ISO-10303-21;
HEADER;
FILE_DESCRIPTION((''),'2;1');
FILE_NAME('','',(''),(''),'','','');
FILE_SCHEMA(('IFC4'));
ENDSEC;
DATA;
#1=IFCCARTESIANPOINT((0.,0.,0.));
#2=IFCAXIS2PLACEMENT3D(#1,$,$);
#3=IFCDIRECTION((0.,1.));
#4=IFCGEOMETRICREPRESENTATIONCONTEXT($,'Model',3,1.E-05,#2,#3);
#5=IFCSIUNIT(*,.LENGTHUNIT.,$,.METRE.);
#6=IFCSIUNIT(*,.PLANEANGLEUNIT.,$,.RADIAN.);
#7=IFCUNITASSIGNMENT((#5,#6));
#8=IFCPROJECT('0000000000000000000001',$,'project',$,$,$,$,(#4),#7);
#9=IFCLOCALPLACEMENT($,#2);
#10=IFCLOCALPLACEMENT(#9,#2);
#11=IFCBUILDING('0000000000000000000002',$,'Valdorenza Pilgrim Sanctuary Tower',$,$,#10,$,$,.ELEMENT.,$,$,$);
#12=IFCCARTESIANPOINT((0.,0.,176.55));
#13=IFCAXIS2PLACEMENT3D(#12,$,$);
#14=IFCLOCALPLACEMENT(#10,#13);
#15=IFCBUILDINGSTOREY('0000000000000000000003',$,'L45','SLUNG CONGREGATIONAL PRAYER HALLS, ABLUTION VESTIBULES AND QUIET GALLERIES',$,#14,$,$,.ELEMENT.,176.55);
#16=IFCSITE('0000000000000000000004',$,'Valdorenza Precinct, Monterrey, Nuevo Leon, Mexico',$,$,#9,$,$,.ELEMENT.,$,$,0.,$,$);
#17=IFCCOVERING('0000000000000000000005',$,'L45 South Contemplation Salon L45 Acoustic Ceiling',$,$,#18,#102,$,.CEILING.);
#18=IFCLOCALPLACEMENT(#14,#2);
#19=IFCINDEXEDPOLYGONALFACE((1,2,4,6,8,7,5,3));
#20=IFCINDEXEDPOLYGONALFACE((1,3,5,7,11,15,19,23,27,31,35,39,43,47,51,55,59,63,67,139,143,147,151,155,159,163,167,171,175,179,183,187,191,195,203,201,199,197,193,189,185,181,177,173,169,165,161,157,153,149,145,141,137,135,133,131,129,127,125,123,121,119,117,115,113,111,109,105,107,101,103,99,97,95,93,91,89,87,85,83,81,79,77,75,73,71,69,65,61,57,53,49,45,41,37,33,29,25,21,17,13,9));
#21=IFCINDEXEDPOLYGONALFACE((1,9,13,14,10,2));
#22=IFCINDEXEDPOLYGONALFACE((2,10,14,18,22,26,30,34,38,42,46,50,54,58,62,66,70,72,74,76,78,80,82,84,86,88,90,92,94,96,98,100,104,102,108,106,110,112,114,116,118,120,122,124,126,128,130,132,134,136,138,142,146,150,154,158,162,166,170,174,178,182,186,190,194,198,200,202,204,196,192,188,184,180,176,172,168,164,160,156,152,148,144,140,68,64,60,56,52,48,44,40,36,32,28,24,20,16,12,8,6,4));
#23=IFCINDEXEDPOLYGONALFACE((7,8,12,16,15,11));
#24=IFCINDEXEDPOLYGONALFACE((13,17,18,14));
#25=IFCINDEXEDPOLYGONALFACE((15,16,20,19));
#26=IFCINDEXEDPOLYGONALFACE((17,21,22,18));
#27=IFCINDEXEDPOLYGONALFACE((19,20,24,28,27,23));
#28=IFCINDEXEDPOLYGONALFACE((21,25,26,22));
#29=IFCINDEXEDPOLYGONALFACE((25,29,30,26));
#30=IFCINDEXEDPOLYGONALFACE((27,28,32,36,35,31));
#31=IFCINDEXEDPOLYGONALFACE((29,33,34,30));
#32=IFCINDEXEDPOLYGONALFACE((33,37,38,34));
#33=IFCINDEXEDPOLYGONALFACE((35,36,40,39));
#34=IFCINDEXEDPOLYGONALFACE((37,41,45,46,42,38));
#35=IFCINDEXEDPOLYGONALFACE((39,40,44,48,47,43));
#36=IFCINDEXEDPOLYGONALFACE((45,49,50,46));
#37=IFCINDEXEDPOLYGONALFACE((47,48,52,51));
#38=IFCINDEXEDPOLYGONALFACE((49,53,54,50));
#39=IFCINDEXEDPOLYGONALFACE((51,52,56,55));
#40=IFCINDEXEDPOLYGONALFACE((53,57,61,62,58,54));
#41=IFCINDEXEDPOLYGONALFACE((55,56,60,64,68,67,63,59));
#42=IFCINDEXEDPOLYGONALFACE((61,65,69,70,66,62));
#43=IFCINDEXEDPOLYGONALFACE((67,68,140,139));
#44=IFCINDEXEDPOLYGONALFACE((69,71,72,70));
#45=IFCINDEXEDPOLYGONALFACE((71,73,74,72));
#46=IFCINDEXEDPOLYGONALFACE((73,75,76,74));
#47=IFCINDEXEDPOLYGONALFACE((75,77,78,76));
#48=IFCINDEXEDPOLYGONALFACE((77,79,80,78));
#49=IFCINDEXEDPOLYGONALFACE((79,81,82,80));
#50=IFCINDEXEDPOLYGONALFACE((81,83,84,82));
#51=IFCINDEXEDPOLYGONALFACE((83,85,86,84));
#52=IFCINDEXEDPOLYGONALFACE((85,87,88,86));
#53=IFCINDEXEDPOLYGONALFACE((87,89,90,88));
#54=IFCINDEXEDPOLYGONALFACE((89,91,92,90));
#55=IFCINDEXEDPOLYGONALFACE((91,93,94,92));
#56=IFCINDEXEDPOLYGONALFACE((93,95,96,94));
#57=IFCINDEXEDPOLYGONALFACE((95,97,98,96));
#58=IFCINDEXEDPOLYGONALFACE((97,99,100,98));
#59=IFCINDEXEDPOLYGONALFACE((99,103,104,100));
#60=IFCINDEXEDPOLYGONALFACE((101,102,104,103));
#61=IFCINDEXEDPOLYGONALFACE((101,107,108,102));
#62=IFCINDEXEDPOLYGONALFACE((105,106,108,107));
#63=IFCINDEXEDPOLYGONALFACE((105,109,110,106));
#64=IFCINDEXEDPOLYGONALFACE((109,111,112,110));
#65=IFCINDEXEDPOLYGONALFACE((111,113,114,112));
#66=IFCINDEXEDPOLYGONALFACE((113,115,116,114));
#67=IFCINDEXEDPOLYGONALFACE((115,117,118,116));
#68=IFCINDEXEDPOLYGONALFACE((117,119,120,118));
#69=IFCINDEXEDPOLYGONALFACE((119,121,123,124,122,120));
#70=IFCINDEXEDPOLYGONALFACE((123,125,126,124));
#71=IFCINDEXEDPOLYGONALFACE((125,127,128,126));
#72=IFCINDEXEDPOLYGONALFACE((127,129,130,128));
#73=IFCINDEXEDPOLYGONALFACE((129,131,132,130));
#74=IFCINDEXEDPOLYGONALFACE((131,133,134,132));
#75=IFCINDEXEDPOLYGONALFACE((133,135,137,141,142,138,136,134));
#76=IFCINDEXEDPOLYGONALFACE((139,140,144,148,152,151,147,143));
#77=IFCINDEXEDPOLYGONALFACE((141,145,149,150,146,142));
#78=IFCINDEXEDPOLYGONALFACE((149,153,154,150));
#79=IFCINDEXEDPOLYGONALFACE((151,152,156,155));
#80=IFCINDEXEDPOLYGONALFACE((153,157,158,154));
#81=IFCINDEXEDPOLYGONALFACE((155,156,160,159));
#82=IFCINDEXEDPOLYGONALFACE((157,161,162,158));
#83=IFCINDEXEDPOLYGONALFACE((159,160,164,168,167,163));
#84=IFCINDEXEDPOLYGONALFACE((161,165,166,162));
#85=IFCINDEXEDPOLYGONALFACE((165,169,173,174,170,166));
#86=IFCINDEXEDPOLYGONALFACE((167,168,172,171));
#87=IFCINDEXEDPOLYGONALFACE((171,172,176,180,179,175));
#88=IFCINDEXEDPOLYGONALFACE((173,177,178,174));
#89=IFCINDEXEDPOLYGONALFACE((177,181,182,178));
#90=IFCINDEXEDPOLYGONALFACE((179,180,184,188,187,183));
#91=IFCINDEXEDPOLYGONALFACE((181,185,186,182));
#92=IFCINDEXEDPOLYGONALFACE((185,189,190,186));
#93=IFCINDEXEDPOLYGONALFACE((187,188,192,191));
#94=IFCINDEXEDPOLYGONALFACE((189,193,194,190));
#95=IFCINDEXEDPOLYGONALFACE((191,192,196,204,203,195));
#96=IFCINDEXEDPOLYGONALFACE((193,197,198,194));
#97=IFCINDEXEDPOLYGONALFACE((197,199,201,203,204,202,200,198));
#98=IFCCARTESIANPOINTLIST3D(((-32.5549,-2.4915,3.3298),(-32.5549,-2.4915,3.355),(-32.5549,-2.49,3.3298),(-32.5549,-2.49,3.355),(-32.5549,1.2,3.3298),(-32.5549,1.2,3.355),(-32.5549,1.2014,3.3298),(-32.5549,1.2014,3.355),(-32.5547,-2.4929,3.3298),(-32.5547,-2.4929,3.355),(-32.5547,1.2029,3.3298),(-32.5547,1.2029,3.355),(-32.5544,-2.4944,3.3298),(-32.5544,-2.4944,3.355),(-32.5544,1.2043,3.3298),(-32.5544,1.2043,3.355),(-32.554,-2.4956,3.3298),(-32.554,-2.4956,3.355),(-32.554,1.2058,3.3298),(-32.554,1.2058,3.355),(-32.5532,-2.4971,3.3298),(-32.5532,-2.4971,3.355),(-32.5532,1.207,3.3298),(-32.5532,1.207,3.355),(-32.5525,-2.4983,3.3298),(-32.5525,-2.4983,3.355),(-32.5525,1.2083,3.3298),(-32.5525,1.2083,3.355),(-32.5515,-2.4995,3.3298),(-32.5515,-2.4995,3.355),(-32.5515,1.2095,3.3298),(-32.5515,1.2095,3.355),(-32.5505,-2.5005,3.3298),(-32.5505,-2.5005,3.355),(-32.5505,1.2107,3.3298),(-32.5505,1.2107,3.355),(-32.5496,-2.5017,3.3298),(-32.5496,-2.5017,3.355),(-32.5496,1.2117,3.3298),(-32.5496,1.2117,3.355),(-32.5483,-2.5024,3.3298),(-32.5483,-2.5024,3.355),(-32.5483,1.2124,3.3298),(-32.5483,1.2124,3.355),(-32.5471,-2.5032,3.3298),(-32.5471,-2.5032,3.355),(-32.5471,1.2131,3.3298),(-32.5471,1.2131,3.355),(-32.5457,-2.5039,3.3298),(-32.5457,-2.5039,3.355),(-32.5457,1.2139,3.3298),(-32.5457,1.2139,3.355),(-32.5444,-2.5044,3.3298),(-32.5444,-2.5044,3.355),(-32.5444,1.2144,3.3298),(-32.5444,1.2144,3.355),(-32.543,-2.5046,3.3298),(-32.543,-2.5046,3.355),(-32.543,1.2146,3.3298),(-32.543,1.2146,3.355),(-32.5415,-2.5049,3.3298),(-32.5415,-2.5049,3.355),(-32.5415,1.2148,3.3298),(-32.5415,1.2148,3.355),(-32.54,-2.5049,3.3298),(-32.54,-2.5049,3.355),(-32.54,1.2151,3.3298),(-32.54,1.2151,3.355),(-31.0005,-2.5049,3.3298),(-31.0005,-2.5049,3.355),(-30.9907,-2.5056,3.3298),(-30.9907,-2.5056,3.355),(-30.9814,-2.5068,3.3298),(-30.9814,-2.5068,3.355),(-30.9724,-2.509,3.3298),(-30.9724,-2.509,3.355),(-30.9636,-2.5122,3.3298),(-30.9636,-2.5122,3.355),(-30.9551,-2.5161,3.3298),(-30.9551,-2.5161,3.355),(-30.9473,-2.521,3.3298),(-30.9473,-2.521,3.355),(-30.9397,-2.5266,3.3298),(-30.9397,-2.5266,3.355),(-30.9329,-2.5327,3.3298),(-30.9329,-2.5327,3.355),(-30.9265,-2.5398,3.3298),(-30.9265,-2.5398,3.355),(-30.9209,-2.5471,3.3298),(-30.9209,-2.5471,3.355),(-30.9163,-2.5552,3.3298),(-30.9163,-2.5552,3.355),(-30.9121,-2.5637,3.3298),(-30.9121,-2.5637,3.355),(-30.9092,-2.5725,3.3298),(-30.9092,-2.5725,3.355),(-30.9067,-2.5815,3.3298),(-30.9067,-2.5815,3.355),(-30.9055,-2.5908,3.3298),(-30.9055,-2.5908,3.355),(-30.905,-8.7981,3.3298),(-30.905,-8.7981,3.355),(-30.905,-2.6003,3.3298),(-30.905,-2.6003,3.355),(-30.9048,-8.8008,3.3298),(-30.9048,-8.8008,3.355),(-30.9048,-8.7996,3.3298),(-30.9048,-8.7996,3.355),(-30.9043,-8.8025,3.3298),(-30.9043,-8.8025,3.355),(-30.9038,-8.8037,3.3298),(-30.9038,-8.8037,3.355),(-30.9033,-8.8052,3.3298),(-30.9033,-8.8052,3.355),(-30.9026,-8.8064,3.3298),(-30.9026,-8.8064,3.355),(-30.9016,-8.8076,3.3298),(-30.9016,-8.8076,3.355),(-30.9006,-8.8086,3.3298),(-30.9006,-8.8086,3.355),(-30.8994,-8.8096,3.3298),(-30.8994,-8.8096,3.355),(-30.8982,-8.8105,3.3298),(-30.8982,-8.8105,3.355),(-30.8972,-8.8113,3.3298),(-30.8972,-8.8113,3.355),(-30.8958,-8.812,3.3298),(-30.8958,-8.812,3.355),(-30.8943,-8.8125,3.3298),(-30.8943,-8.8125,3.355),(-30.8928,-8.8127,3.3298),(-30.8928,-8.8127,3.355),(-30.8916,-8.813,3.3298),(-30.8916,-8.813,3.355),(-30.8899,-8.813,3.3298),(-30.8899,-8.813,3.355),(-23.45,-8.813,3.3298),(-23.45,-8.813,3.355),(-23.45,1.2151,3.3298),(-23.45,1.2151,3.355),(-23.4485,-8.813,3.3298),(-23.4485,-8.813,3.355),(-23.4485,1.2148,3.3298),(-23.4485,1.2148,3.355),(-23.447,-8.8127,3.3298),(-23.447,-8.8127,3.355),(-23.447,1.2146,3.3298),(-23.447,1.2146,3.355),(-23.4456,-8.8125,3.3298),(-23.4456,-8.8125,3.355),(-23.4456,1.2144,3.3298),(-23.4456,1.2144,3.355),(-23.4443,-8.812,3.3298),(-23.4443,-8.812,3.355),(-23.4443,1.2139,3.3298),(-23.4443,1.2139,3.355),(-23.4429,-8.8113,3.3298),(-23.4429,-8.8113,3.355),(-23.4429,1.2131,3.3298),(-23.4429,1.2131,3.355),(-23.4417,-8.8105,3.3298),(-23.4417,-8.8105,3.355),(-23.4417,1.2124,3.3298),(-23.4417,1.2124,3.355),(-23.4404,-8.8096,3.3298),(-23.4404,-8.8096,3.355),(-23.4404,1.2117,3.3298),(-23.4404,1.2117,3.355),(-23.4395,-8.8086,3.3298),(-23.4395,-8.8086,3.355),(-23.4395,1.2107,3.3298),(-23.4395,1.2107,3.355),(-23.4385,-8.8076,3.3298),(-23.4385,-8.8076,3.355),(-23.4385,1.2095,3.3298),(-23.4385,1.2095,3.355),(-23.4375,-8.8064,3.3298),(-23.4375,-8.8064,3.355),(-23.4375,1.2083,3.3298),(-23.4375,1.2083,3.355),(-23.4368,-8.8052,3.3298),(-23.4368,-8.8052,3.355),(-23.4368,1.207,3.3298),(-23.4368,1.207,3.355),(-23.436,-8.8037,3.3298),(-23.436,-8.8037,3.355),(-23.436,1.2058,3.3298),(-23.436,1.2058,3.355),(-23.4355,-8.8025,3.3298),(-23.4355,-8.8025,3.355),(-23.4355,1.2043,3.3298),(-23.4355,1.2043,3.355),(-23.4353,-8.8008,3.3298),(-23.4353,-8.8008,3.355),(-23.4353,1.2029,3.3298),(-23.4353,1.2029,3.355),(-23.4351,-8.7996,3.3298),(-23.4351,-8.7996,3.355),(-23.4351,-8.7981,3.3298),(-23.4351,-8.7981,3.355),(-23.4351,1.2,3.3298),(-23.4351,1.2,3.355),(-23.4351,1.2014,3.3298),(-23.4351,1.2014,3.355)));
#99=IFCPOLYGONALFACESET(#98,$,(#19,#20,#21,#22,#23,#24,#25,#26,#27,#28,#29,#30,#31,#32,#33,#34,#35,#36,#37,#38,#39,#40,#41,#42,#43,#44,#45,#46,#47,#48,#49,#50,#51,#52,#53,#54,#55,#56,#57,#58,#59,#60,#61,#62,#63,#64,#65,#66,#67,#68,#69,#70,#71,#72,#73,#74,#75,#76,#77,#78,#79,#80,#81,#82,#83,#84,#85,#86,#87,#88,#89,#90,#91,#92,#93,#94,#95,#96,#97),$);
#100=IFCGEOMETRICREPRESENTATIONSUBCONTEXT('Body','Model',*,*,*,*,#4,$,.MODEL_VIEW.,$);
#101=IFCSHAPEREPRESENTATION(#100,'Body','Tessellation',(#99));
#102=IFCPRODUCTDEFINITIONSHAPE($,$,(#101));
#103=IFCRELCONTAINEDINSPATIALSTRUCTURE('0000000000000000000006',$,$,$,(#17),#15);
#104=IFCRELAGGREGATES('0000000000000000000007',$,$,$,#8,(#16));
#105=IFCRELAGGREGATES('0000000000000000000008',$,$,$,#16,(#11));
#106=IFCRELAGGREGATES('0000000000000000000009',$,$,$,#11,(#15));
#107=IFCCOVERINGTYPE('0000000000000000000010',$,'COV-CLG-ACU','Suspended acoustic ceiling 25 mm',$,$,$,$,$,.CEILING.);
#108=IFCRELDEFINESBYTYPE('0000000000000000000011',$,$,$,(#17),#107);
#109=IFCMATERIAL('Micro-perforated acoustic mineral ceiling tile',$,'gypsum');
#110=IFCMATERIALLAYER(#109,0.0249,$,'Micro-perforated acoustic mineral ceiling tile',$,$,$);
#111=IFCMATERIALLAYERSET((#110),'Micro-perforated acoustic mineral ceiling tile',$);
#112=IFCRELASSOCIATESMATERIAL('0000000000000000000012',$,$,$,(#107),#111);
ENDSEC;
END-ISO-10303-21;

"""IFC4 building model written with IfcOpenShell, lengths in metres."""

from ifc_helpers import new_model, si_unit, direction, frame, origin, place, context, subcontext, project, spatial, polyline, outline, extrude, material, layer, layer_set, type_object, element, save


model = new_model("IFC4")

# Units and contexts
model_context = context("Model", 3, precision=1e-05, world=origin(), true_north=direction((0.0, 1.0)))
body_context = subcontext(model_context, "Body", "Model", "MODEL_VIEW")
ifc_project = project(units=[si_unit("LENGTHUNIT", "METRE"), si_unit("PLANEANGLEUNIT", "RADIAN")], contexts=[model_context])

# Site, building, storey
site_placement = place(None, origin())
site = spatial("IfcSite", under=ifc_project, at=site_placement, Name="Valdorenza Precinct, Monterrey, Nuevo Leon, Mexico", CompositionType="ELEMENT", RefElevation=0.0)
building_placement = place(site_placement, origin())
building = spatial("IfcBuilding", under=site, at=building_placement, Name="Valdorenza Pilgrim Sanctuary Tower", CompositionType="ELEMENT")
storey_placement = place(building_placement, frame((0.0, 0.0, 176.55)))
storey = spatial("IfcBuildingStorey", under=building, at=storey_placement, Name="L45", Description="SLUNG CONGREGATIONAL PRAYER HALLS, ABLUTION VESTIBULES AND QUIET GALLERIES", CompositionType="ELEMENT", Elevation=176.55)

# Covering
ifc_material_1 = material(Name="Micro-perforated acoustic mineral ceiling tile", Category="gypsum")
ifc_layer_1 = layer(ifc_material_1, 0.0249, Name="Micro-perforated acoustic mineral ceiling tile")
ifc_layer_set_1 = layer_set([ifc_layer_1], Name="Micro-perforated acoustic mineral ceiling tile")
covering_type_1 = type_object("IfcCoveringType", Name="COV-CLG-ACU", Description="Suspended acoustic ceiling 25 mm", PredefinedType="CEILING", material=ifc_layer_set_1)
covering_1_placement = place(storey_placement, frame((0.0, 0.0, 3.3298)))
element("IfcCovering", 1, at=covering_1_placement, inside=storey, type_object=covering_type_1, Name="L45 South Contemplation Salon L45 Acoustic Ceiling", PredefinedType="CEILING", context=body_context, shape_type="SweptSolid", body=[
    extrude(outline(polyline([(-23.4351, -8.7981), (-23.4351, -8.7996), (-23.4353, -8.8008), (-23.4355, -8.8025), (-23.436, -8.8037), (-23.4368, -8.8052), (-23.4375, -8.8064), (-23.4385, -8.8076), (-23.4395, -8.8086), (-23.4404, -8.8096), (-23.4417, -8.8105), (-23.4429, -8.8113), (-23.4443, -8.812), (-23.4456, -8.8125), (-23.447, -8.8127), (-23.4485, -8.813), (-23.45, -8.813), (-30.8899, -8.813), (-30.8916, -8.813), (-30.8928, -8.8127), (-30.8943, -8.8125), (-30.8958, -8.812), (-30.8972, -8.8113), (-30.8982, -8.8105), (-30.8994, -8.8096), (-30.9006, -8.8086), (-30.9016, -8.8076), (-30.9026, -8.8064), (-30.9033, -8.8052), (-30.9038, -8.8037), (-30.9043, -8.8025), (-30.9048, -8.8008), (-30.9048, -8.7996), (-30.905, -8.7981), (-30.905, -2.6003), (-30.9055, -2.5908), (-30.9067, -2.5815), (-30.9092, -2.5725), (-30.9121, -2.5637), (-30.9163, -2.5552), (-30.9209, -2.5471), (-30.9265, -2.5398), (-30.9329, -2.5327), (-30.9397, -2.5266), (-30.9473, -2.521), (-30.9551, -2.5161), (-30.9636, -2.5122), (-30.9724, -2.509), (-30.9814, -2.5068), (-30.9907, -2.5056), (-31.0005, -2.5049), (-32.54, -2.5049), (-32.5415, -2.5049), (-32.543, -2.5046), (-32.5444, -2.5044), (-32.5457, -2.5039), (-32.5471, -2.5032), (-32.5483, -2.5024), (-32.5496, -2.5017), (-32.5505, -2.5005), (-32.5515, -2.4995), (-32.5525, -2.4983), (-32.5532, -2.4971), (-32.554, -2.4956), (-32.5544, -2.4944), (-32.5547, -2.4929), (-32.5549, -2.4915), (-32.5549, -2.49), (-32.5549, 1.2), (-32.5549, 1.2014), (-32.5547, 1.2029), (-32.5544, 1.2043), (-32.554, 1.2058), (-32.5532, 1.207), (-32.5525, 1.2083), (-32.5515, 1.2095), (-32.5505, 1.2107), (-32.5496, 1.2117), (-32.5483, 1.2124), (-32.5471, 1.2131), (-32.5457, 1.2139), (-32.5444, 1.2144), (-32.543, 1.2146), (-32.5415, 1.2148), (-32.54, 1.2151), (-23.45, 1.2151), (-23.4485, 1.2148), (-23.447, 1.2146), (-23.4456, 1.2144), (-23.4443, 1.2139), (-23.4429, 1.2131), (-23.4417, 1.2124), (-23.4404, 1.2117), (-23.4395, 1.2107), (-23.4385, 1.2095), (-23.4375, 1.2083), (-23.4368, 1.207), (-23.436, 1.2058), (-23.4355, 1.2043), (-23.4353, 1.2029), (-23.4351, 1.2014), (-23.4351, 1.2), (-23.4351, -8.7981)])), origin(), (0.0, 0.0, 1.0), 0.0251),
])

save(model, "model.ifc")
